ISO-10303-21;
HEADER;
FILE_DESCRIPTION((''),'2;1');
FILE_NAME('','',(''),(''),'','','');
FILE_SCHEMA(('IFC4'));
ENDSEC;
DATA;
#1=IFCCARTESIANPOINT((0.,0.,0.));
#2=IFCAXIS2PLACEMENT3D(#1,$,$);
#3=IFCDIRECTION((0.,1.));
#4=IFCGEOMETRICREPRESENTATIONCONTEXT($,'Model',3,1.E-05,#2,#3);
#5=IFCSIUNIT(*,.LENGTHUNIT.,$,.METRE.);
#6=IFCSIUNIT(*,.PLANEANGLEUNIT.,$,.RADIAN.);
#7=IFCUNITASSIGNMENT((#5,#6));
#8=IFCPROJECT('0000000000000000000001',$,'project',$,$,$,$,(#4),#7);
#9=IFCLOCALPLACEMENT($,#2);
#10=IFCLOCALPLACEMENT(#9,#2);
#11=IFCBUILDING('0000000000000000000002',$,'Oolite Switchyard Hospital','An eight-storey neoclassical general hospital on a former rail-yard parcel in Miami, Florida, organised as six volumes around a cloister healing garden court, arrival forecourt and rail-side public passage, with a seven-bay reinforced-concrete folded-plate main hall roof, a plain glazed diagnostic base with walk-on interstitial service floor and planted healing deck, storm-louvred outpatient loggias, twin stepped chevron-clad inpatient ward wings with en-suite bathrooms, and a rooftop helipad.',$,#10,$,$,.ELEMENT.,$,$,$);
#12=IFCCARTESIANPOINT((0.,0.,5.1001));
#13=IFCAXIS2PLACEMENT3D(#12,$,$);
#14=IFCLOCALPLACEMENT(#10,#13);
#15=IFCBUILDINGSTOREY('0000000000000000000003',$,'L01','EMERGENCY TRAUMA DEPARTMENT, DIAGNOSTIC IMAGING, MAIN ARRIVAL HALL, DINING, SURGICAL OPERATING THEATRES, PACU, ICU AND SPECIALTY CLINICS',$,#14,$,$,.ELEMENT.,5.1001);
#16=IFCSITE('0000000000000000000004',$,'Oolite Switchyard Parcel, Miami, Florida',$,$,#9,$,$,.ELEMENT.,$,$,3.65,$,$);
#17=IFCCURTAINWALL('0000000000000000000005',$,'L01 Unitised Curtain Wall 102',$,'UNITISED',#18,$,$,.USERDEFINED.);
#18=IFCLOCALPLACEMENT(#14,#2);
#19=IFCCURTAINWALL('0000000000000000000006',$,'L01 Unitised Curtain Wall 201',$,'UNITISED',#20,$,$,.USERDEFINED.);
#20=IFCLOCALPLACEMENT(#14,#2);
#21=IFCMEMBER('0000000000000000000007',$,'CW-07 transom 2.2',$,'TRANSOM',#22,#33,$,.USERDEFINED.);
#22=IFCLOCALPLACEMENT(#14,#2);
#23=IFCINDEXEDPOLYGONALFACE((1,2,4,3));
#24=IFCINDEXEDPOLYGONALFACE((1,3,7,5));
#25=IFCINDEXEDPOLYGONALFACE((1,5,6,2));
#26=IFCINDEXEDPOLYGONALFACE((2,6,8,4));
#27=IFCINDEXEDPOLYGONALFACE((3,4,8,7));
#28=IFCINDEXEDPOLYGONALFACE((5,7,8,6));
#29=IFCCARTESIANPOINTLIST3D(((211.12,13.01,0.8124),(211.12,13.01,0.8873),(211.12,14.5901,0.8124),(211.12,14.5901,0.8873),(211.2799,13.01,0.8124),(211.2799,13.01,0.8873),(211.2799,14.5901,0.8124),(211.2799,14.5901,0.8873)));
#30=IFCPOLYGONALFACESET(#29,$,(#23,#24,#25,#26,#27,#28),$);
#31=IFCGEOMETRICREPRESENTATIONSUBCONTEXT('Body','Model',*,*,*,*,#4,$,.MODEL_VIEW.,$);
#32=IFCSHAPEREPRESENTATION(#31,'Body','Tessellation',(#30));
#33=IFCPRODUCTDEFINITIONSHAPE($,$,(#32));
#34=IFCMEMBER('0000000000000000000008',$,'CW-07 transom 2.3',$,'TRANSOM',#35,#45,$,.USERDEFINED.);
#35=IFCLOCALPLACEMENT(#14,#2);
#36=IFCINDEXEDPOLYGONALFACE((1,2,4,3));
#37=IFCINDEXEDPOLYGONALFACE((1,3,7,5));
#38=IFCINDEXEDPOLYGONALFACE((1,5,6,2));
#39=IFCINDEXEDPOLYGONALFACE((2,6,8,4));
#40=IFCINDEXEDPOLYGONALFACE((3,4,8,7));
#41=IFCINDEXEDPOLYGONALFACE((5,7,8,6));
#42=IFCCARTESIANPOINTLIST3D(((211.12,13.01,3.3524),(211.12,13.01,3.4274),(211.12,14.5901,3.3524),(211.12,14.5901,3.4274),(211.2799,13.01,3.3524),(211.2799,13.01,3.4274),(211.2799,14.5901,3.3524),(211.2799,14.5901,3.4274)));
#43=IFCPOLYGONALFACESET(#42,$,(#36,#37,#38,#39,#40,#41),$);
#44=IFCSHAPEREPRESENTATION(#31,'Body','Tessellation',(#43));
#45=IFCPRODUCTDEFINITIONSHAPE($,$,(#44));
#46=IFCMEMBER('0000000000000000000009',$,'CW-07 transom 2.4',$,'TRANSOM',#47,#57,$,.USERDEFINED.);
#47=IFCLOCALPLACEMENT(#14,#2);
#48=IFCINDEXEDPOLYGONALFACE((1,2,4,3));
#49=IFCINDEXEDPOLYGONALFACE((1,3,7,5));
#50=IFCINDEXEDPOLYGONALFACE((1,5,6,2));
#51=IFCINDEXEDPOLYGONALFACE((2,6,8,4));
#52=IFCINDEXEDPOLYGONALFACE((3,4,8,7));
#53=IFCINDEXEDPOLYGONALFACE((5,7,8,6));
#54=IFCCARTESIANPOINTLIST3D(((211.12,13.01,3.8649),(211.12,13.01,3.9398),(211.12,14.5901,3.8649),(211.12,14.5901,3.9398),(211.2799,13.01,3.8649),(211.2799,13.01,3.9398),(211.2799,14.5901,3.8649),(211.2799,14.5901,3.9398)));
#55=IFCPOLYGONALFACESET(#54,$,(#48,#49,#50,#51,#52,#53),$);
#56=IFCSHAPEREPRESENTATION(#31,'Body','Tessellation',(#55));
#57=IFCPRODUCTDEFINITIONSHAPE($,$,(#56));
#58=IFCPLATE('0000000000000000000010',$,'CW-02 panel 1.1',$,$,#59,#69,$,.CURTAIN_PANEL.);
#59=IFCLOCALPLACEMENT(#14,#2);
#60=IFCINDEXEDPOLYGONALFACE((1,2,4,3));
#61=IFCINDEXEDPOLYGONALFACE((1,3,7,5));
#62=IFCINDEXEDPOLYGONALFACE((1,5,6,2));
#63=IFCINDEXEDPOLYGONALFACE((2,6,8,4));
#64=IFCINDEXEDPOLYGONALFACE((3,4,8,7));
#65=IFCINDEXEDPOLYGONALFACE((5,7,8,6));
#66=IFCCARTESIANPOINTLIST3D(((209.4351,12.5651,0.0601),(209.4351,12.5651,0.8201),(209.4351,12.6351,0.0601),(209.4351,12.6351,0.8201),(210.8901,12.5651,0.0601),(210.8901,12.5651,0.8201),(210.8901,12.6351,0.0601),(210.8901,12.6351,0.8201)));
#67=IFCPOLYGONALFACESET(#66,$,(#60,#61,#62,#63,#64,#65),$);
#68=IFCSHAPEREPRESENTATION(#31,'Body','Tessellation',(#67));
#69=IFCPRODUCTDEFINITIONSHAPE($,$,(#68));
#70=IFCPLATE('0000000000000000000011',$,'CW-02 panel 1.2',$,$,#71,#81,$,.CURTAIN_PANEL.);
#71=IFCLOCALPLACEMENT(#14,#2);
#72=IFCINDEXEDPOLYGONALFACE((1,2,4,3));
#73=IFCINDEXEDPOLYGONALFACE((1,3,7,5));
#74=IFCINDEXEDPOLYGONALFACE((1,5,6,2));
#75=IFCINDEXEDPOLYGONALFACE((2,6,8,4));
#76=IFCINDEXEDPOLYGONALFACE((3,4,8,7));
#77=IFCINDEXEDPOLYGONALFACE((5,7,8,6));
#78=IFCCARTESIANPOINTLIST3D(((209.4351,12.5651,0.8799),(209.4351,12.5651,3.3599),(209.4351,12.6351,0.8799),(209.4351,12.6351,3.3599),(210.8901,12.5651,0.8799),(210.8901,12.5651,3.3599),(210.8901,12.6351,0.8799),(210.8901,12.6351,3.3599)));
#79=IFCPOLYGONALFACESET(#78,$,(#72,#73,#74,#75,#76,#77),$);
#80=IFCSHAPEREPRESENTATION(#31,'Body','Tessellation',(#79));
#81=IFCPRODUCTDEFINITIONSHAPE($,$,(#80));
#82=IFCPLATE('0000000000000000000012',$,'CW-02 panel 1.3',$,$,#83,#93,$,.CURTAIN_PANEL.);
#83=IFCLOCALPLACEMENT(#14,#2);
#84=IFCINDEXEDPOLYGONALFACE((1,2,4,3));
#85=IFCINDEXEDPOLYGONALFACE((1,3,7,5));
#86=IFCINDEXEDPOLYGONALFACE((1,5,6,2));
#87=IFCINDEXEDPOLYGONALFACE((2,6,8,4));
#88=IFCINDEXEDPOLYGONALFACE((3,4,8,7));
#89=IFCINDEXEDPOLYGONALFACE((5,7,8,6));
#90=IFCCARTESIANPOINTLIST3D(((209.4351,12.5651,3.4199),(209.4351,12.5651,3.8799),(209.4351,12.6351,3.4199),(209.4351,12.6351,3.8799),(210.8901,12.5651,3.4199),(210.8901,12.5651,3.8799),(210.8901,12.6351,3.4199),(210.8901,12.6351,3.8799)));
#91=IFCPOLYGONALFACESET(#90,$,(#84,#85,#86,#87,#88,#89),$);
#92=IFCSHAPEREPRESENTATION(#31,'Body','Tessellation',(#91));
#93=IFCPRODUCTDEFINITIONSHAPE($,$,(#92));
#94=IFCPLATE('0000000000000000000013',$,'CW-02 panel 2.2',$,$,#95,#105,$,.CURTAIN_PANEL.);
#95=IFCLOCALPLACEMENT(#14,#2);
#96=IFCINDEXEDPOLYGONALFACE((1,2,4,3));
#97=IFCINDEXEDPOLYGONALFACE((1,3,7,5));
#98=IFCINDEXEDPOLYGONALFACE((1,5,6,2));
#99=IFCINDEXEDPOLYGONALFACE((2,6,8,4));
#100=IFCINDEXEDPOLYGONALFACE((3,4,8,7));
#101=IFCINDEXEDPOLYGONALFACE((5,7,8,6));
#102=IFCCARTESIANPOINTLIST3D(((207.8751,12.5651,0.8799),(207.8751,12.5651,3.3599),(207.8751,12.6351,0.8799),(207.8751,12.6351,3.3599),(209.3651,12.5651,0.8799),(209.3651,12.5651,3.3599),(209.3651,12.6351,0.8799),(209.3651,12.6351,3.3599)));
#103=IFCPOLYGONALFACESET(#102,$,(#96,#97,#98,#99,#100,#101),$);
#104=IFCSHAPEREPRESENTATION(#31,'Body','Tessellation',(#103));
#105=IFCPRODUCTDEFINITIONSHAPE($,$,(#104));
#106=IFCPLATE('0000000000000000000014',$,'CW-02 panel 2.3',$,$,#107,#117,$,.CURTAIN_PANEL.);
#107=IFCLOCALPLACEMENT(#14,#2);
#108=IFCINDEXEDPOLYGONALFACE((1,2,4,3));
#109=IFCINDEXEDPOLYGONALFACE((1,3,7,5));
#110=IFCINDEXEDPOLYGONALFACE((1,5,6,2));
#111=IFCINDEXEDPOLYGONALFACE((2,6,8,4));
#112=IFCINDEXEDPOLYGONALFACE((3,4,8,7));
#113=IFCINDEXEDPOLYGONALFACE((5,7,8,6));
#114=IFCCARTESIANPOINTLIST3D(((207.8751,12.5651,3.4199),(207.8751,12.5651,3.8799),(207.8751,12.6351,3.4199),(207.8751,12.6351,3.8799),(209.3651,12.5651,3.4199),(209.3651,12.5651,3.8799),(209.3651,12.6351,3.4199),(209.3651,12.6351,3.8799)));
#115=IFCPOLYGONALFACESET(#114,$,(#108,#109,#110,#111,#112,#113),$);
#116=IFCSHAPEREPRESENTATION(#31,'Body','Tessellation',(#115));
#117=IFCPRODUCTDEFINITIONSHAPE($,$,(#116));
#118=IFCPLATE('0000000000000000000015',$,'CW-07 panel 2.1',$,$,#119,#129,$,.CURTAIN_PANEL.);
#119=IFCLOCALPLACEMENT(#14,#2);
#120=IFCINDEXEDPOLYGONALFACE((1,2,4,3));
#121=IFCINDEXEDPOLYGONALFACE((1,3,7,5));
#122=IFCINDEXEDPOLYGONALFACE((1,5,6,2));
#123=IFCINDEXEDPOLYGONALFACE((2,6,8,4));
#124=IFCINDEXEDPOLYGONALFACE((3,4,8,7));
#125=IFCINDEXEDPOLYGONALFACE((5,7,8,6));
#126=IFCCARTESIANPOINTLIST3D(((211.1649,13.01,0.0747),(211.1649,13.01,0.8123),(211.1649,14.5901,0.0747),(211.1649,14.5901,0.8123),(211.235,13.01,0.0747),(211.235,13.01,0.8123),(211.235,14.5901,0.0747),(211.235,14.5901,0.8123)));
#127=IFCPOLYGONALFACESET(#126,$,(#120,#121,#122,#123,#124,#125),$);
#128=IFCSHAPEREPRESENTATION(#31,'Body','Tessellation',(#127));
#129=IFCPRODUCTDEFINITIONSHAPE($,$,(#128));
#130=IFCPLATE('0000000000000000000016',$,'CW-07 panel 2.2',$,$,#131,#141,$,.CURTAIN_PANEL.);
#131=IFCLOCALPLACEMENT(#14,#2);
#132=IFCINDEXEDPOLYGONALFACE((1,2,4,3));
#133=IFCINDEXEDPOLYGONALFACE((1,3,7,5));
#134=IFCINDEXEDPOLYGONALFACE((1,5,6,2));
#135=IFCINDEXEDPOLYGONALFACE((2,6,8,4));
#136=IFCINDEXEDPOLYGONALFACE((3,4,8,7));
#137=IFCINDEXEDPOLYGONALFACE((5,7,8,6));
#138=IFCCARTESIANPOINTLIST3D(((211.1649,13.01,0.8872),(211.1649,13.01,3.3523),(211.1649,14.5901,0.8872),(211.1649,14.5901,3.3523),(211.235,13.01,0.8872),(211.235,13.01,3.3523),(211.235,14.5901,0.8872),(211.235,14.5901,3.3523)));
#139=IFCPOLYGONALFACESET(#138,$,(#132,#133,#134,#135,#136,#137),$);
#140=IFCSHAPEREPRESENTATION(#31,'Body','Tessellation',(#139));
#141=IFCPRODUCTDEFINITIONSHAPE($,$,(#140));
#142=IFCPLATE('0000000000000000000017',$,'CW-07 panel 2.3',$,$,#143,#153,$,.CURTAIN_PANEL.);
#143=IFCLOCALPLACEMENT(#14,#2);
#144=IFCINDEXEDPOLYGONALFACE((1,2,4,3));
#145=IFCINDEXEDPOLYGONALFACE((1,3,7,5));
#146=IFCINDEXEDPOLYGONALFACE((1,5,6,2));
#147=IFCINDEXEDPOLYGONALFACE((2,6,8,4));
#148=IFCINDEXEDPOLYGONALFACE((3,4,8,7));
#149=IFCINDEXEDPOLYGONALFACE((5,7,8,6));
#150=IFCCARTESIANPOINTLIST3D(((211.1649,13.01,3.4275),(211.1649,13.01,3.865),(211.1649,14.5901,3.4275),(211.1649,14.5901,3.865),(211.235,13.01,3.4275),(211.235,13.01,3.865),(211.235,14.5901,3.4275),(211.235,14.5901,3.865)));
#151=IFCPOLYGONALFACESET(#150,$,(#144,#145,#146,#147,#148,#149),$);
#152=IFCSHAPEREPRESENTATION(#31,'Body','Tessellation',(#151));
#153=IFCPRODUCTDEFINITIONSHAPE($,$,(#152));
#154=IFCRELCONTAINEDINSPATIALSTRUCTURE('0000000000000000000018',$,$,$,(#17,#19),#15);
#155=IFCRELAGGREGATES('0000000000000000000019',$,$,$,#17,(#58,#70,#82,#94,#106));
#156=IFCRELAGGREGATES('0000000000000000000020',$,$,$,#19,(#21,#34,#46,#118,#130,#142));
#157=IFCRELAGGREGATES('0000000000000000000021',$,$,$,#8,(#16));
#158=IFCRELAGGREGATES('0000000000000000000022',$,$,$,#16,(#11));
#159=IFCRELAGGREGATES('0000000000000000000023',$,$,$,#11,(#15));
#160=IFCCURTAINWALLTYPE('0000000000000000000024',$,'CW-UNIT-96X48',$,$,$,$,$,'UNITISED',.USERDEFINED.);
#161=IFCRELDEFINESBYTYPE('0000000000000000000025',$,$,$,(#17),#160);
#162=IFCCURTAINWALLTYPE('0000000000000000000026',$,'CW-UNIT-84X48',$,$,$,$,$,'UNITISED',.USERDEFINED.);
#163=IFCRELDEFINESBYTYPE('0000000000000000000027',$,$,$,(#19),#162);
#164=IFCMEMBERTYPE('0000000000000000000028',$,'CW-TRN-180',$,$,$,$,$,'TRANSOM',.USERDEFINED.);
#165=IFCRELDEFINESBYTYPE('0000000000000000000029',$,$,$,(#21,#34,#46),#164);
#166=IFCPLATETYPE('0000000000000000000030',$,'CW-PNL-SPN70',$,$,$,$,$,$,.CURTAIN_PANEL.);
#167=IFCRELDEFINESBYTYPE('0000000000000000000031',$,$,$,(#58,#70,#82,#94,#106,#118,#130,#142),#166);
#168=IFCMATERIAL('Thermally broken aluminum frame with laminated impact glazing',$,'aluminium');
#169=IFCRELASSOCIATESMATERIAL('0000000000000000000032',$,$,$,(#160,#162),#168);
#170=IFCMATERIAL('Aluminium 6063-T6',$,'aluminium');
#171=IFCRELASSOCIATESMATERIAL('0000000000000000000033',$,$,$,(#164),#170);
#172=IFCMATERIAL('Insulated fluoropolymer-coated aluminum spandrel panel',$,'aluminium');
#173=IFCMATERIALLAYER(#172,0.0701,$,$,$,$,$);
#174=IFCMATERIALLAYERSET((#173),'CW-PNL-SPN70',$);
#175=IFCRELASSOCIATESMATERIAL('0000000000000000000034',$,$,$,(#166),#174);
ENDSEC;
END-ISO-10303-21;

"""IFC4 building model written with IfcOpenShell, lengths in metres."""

from ifc_helpers import new_model, si_unit, direction, frame, origin, origin_2d, place, context, subcontext, project, spatial, rectangle, extrude, material, layer, layer_set, material_profile, profile_set, type_object, element, aggregate, save


model = new_model("IFC4")

# Units and contexts
model_context = context("Model", 3, precision=1e-05, world=origin(), true_north=direction((0.0, 1.0)))
body_context = subcontext(model_context, "Body", "Model", "MODEL_VIEW")
ifc_project = project(units=[si_unit("LENGTHUNIT", "METRE"), si_unit("PLANEANGLEUNIT", "RADIAN")], contexts=[model_context])

# Site, building, storey
site_placement = place(None, origin())
site = spatial("IfcSite", under=ifc_project, at=site_placement, Name="Oolite Switchyard Parcel, Miami, Florida", CompositionType="ELEMENT", RefElevation=3.65)
building_placement = place(site_placement, origin())
building = spatial("IfcBuilding", under=site, at=building_placement, Name="Oolite Switchyard Hospital", Description="An eight-storey neoclassical general hospital on a former rail-yard parcel in Miami, Florida, organised as six volumes around a cloister healing garden court, arrival forecourt and rail-side public passage, with a seven-bay reinforced-concrete folded-plate main hall roof, a plain glazed diagnostic base with walk-on interstitial service floor and planted healing deck, storm-louvred outpatient loggias, twin stepped chevron-clad inpatient ward wings with en-suite bathrooms, and a rooftop helipad.", CompositionType="ELEMENT")
storey_placement = place(building_placement, frame((0.0, 0.0, 5.1001)))
storey = spatial("IfcBuildingStorey", under=building, at=storey_placement, Name="L01", Description="EMERGENCY TRAUMA DEPARTMENT, DIAGNOSTIC IMAGING, MAIN ARRIVAL HALL, DINING, SURGICAL OPERATING THEATRES, PACU, ICU AND SPECIALTY CLINICS", CompositionType="ELEMENT", Elevation=5.1001)

# Curtain wall
ifc_material_1 = material(Name="Thermally broken aluminum frame with laminated impact glazing", Category="aluminium")
curtain_wall_type_1 = type_object("IfcCurtainWallType", Name="CW-UNIT-96X48", ElementType="UNITISED", PredefinedType="USERDEFINED", material=ifc_material_1)
curtain_wall_1_placement = place(storey_placement, origin())
curtain_wall_1 = element("IfcCurtainWall", 1, at=curtain_wall_1_placement, inside=storey, type_object=curtain_wall_type_1, Name="L01 Unitised Curtain Wall 102", ObjectType="UNITISED", PredefinedType="USERDEFINED")
ifc_material_2 = material(Name="Aluminium 6063-T6", Category="aluminium")

# Curtain wall
curtain_wall_type_2 = type_object("IfcCurtainWallType", Name="CW-UNIT-84X48", ElementType="UNITISED", PredefinedType="USERDEFINED", material=ifc_material_1)
curtain_wall_2_placement = place(storey_placement, origin())
curtain_wall_2 = element("IfcCurtainWall", 2, at=curtain_wall_2_placement, inside=storey, type_object=curtain_wall_type_2, Name="L01 Unitised Curtain Wall 201", ObjectType="UNITISED", PredefinedType="USERDEFINED")

# Members
ifc_material_profile_1 = material_profile(ifc_material_2, rectangle(XDim=0.1599, YDim=0.075, at=origin_2d()), Name="CWT75X160")
ifc_profile_set_1 = profile_set([ifc_material_profile_1], Name="Aluminium 6063-T6")
member_type_1 = type_object("IfcMemberType", Name="CW-TRN-180", ElementType="TRANSOM", PredefinedType="USERDEFINED", material=ifc_profile_set_1)
member_1_placement = place(storey_placement, frame((211.2, 14.5901, 0.8499), z_axis=(0.0, -1.0, 0.0), x_axis=(1.0, 0.0, 0.0)))
member_1 = element("IfcMember", 3, at=member_1_placement, type_object=member_type_1, Name="CW-07 transom 2.2", ObjectType="TRANSOM", PredefinedType="USERDEFINED", context=body_context, shape_type="SweptSolid", body=[
    extrude(rectangle(XDim=0.1599, YDim=0.075, at=origin_2d()), origin(), (0.0, 0.0, 1.0), 1.5801),
])
member_2_placement = place(storey_placement, frame((211.2, 14.5901, 3.3899), z_axis=(0.0, -1.0, 0.0), x_axis=(1.0, 0.0, 0.0)))
member_2 = element("IfcMember", 4, at=member_2_placement, type_object=member_type_1, Name="CW-07 transom 2.3", ObjectType="TRANSOM", PredefinedType="USERDEFINED", context=body_context, shape_type="SweptSolid", body=[
    extrude(rectangle(XDim=0.1599, YDim=0.075, at=origin_2d()), origin(), (0.0, 0.0, 1.0), 1.5801),
])
member_3_placement = place(storey_placement, frame((211.2, 14.5901, 3.9023), z_axis=(0.0, -1.0, 0.0), x_axis=(1.0, 0.0, 0.0)))
member_3 = element("IfcMember", 5, at=member_3_placement, type_object=member_type_1, Name="CW-07 transom 2.4", ObjectType="TRANSOM", PredefinedType="USERDEFINED", context=body_context, shape_type="SweptSolid", body=[
    extrude(rectangle(XDim=0.1599, YDim=0.075, at=origin_2d()), origin(), (0.0, 0.0, 1.0), 1.5801),
])

# Plates
ifc_material_3 = material(Name="Insulated fluoropolymer-coated aluminum spandrel panel", Category="aluminium")
ifc_layer = layer(ifc_material_3, 0.0701)
ifc_layer_set = layer_set([ifc_layer], Name="CW-PNL-SPN70")
plate_type = type_object("IfcPlateType", Name="CW-PNL-SPN70", PredefinedType="CURTAIN_PANEL", material=ifc_layer_set)
plate_1_placement = place(storey_placement, frame((210.1626, 12.6001, 0.0601), z_axis=(0.0, 0.0, 1.0), x_axis=(-1.0, 0.0, 0.0)))
plate_1 = element("IfcPlate", 6, at=plate_1_placement, type_object=plate_type, Name="CW-02 panel 1.1", PredefinedType="CURTAIN_PANEL", context=body_context, shape_type="SweptSolid", body=[
    extrude(rectangle(XDim=1.4551, YDim=0.0701, at=origin_2d()), origin(), (0.0, 0.0, 1.0), 0.76),
])
plate_2_placement = place(storey_placement, frame((210.1626, 12.6001, 0.8799), z_axis=(0.0, 0.0, 1.0), x_axis=(-1.0, 0.0, 0.0)))
plate_2 = element("IfcPlate", 7, at=plate_2_placement, type_object=plate_type, Name="CW-02 panel 1.2", PredefinedType="CURTAIN_PANEL", context=body_context, shape_type="SweptSolid", body=[
    extrude(rectangle(XDim=1.4551, YDim=0.0701, at=origin_2d()), origin(), (0.0, 0.0, 1.0), 2.48),
])
plate_3_placement = place(storey_placement, frame((210.1626, 12.6001, 3.4199), z_axis=(0.0, 0.0, 1.0), x_axis=(-1.0, 0.0, 0.0)))
plate_3 = element("IfcPlate", 8, at=plate_3_placement, type_object=plate_type, Name="CW-02 panel 1.3", PredefinedType="CURTAIN_PANEL", context=body_context, shape_type="SweptSolid", body=[
    extrude(rectangle(XDim=1.4551, YDim=0.0701, at=origin_2d()), origin(), (0.0, 0.0, 1.0), 0.46),
])
plate_4_placement = place(storey_placement, frame((208.6201, 12.6001, 0.8799), z_axis=(0.0, 0.0, 1.0), x_axis=(-1.0, 0.0, 0.0)))
plate_4 = element("IfcPlate", 9, at=plate_4_placement, type_object=plate_type, Name="CW-02 panel 2.2", PredefinedType="CURTAIN_PANEL", context=body_context, shape_type="SweptSolid", body=[
    extrude(rectangle(XDim=1.49, YDim=0.0701, at=origin_2d()), origin(), (0.0, 0.0, 1.0), 2.48),
])
plate_5_placement = place(storey_placement, frame((208.6201, 12.6001, 3.4199), z_axis=(0.0, 0.0, 1.0), x_axis=(-1.0, 0.0, 0.0)))
plate_5 = element("IfcPlate", 10, at=plate_5_placement, type_object=plate_type, Name="CW-02 panel 2.3", PredefinedType="CURTAIN_PANEL", context=body_context, shape_type="SweptSolid", body=[
    extrude(rectangle(XDim=1.49, YDim=0.0701, at=origin_2d()), origin(), (0.0, 0.0, 1.0), 0.46),
])
aggregate(curtain_wall_1, [plate_1, plate_2, plate_3, plate_4, plate_5])
plate_6_placement = place(storey_placement, frame((211.2, 13.8, 0.0747), z_axis=(0.0, 0.0, 1.0), x_axis=(0.0, -1.0, 0.0)))
plate_6 = element("IfcPlate", 11, at=plate_6_placement, type_object=plate_type, Name="CW-07 panel 2.1", PredefinedType="CURTAIN_PANEL", context=body_context, shape_type="SweptSolid", body=[
    extrude(rectangle(XDim=1.5801, YDim=0.0701, at=origin_2d()), origin(), (0.0, 0.0, 1.0), 0.7375),
])
plate_7_placement = place(storey_placement, frame((211.2, 13.8, 0.8872), z_axis=(0.0, 0.0, 1.0), x_axis=(0.0, -1.0, 0.0)))
plate_7 = element("IfcPlate", 12, at=plate_7_placement, type_object=plate_type, Name="CW-07 panel 2.2", PredefinedType="CURTAIN_PANEL", context=body_context, shape_type="SweptSolid", body=[
    extrude(rectangle(XDim=1.5801, YDim=0.0701, at=origin_2d()), origin(), (0.0, 0.0, 1.0), 2.4651),
])
plate_8_placement = place(storey_placement, frame((211.2, 13.8, 3.4275), z_axis=(0.0, 0.0, 1.0), x_axis=(0.0, -1.0, 0.0)))
plate_8 = element("IfcPlate", 13, at=plate_8_placement, type_object=plate_type, Name="CW-07 panel 2.3", PredefinedType="CURTAIN_PANEL", context=body_context, shape_type="SweptSolid", body=[
    extrude(rectangle(XDim=1.5801, YDim=0.0701, at=origin_2d()), origin(), (0.0, 0.0, 1.0), 0.4375),
])
aggregate(curtain_wall_2, [member_1, member_2, member_3, plate_6, plate_7, plate_8])

save(model, "model.ifc")
